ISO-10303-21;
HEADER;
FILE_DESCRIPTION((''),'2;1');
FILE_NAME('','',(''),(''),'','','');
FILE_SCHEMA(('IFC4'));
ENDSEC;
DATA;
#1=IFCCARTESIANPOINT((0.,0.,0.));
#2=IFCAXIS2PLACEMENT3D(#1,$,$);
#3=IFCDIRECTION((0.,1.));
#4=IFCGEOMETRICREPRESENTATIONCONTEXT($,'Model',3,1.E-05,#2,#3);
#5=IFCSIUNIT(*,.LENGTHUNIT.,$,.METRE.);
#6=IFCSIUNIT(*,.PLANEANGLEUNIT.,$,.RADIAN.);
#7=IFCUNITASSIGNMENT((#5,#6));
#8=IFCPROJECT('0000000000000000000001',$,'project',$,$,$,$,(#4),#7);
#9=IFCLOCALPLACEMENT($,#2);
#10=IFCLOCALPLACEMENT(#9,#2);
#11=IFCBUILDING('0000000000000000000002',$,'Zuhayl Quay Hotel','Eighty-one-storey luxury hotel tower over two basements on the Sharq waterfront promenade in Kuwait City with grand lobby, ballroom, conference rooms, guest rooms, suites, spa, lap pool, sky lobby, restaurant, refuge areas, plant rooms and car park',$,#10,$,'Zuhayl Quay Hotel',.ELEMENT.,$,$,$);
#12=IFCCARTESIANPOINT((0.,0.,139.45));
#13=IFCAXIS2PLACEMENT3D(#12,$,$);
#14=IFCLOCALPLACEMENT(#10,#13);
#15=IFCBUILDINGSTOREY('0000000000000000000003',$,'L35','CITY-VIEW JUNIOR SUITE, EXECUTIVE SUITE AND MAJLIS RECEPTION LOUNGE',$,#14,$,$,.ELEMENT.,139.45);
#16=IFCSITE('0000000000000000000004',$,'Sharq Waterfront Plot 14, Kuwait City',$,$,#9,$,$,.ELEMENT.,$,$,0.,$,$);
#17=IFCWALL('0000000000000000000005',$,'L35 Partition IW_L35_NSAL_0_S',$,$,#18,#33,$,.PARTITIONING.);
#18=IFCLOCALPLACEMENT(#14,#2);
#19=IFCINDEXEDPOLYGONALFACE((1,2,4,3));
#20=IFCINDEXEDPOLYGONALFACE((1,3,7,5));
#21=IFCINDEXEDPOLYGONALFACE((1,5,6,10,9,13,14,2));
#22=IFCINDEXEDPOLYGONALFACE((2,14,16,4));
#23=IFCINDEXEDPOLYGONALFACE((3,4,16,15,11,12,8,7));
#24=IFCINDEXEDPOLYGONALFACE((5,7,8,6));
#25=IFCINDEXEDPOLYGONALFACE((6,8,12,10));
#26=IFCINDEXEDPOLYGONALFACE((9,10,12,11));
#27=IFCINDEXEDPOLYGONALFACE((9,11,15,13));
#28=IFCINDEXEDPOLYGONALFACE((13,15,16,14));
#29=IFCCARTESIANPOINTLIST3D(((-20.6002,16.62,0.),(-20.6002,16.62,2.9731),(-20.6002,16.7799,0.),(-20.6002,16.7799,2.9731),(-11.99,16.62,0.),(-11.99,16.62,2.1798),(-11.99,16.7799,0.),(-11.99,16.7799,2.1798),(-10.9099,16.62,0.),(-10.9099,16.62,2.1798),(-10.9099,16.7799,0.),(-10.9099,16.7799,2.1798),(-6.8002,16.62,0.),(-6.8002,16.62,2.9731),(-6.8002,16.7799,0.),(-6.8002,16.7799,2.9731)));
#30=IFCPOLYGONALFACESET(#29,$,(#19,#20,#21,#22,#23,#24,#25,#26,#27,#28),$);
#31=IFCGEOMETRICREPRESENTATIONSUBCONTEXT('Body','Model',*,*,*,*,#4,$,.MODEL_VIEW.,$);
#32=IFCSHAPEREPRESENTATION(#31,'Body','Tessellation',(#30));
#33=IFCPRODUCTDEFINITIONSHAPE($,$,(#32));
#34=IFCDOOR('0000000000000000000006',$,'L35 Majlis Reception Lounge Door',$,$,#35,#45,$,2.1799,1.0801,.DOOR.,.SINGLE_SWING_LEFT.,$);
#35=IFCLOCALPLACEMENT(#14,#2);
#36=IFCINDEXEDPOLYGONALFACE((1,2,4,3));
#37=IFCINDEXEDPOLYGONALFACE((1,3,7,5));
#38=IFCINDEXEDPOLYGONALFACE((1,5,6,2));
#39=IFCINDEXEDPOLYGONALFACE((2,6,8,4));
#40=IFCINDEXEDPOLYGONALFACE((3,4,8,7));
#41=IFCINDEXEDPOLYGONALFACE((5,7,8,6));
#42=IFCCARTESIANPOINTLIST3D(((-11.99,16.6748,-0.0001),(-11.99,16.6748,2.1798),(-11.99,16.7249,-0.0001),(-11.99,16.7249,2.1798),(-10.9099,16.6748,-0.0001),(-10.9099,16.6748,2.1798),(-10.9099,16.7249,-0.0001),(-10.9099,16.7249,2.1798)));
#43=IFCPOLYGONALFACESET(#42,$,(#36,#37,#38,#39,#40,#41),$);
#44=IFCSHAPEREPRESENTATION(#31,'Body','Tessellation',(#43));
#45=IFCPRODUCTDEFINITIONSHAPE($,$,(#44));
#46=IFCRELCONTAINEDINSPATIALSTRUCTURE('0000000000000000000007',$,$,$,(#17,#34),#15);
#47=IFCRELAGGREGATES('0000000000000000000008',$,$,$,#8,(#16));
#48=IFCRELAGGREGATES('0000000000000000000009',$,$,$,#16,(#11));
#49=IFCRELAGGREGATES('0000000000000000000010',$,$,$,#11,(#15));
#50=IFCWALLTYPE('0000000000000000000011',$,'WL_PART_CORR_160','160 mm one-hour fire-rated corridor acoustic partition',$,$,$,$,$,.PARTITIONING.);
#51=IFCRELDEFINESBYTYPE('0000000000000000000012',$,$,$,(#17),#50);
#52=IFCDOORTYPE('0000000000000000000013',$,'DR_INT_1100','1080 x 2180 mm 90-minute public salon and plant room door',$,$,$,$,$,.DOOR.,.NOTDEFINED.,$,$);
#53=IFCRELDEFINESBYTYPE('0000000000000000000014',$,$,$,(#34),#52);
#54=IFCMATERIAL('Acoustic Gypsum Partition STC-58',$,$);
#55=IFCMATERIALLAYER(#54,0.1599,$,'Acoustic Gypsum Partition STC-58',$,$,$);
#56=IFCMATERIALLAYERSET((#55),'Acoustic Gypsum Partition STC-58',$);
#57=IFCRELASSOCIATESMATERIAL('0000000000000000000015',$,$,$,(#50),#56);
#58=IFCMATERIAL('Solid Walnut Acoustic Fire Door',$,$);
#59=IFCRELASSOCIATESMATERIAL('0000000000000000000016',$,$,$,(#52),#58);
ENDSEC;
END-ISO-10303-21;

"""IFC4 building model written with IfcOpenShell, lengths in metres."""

from ifc_helpers import new_model, si_unit, direction, frame, frame_2d, origin, place, context, subcontext, project, spatial, rectangle, extrude, material, layer, layer_set, type_object, element, fill, save


model = new_model("IFC4")

# Units and contexts
model_context = context("Model", 3, precision=1e-05, world=origin(), true_north=direction((0.0, 1.0)))
body_context = subcontext(model_context, "Body", "Model", "MODEL_VIEW")
ifc_project = project(units=[si_unit("LENGTHUNIT", "METRE"), si_unit("PLANEANGLEUNIT", "RADIAN")], contexts=[model_context])

# Site, building, storey
site_placement = place(None, origin())
site = spatial("IfcSite", under=ifc_project, at=site_placement, Name="Sharq Waterfront Plot 14, Kuwait City", CompositionType="ELEMENT", RefElevation=0.0)
building_placement = place(site_placement, origin())
building = spatial("IfcBuilding", under=site, at=building_placement, Name="Zuhayl Quay Hotel", Description="Eighty-one-storey luxury hotel tower over two basements on the Sharq waterfront promenade in Kuwait City with grand lobby, ballroom, conference rooms, guest rooms, suites, spa, lap pool, sky lobby, restaurant, refuge areas, plant rooms and car park", LongName="Zuhayl Quay Hotel", CompositionType="ELEMENT")
storey_placement = place(building_placement, frame((0.0, 0.0, 139.45)))
storey = spatial("IfcBuildingStorey", under=building, at=storey_placement, Name="L35", Description="CITY-VIEW JUNIOR SUITE, EXECUTIVE SUITE AND MAJLIS RECEPTION LOUNGE", CompositionType="ELEMENT", Elevation=139.45)

# Shared definitions
ifc_material_1 = material(Name="Acoustic Gypsum Partition STC-58")

# Wall, opening, door
ifc_layer_1 = layer(ifc_material_1, 0.1599, Name="Acoustic Gypsum Partition STC-58")
ifc_layer_set_1 = layer_set([ifc_layer_1], Name="Acoustic Gypsum Partition STC-58")
wall_type_1 = type_object("IfcWallType", Name="WL_PART_CORR_160", Description="160 mm one-hour fire-rated corridor acoustic partition", PredefinedType="PARTITIONING", material=ifc_layer_set_1)
wall_1_placement = place(storey_placement, frame((-20.6001, 16.7, 0.0), z_axis=(0.0, 0.0, 1.0), x_axis=(1.0, 0.0, 0.0)))
wall_1 = element("IfcWall", 1, at=wall_1_placement, inside=storey, type_object=wall_type_1, Name="L35 Partition IW_L35_NSAL_0_S", PredefinedType="PARTITIONING", context=body_context, shape_type="SweptSolid", body=[
    extrude(rectangle(XDim=13.8, YDim=0.1599, at=frame_2d((6.8999, 0.0))), origin(), (0.0, 0.0, 1.0), 2.9731),
])
opening_1_placement = place(wall_1_placement, frame((8.6101, 0.0, 0.0)))
opening_1 = element("IfcOpeningElement", 2, at=opening_1_placement, cuts=wall_1, PredefinedType="OPENING", context=body_context, shape_type="SweptSolid", body=[
    extrude(rectangle(XDim=1.0801, YDim=2.1799, at=frame_2d((0.54, 1.0898))), frame((0.0, 0.0898, 0.0), z_axis=(0.0, -1.0, 0.0), x_axis=(1.0, 0.0, 0.0)), (0.0, 0.0, 1.0), 0.1799),
])
ifc_material_2 = material(Name="Solid Walnut Acoustic Fire Door")
door_type = type_object("IfcDoorType", Name="DR_INT_1100", Description="1080 x 2180 mm 90-minute public salon and plant room door", OperationType="NOTDEFINED", PredefinedType="DOOR", material=ifc_material_2)
door_placement = place(opening_1_placement, origin())
door = element("IfcDoor", 3, at=door_placement, inside=storey, type_object=door_type, Name="L35 Majlis Reception Lounge Door", OperationType="SINGLE_SWING_LEFT", OverallHeight=2.1799, OverallWidth=1.0801, PredefinedType="DOOR", context=body_context, shape_type="SweptSolid", body=[
    extrude(rectangle(XDim=1.0801, YDim=2.1799, at=frame_2d((0.54, 1.0898))), frame((0.0, 0.0249, 0.0), z_axis=(0.0, -1.0, 0.0), x_axis=(1.0, 0.0, 0.0)), (0.0, 0.0, 1.0), 0.05),
])
fill(opening_1, door)

save(model, "model.ifc")
